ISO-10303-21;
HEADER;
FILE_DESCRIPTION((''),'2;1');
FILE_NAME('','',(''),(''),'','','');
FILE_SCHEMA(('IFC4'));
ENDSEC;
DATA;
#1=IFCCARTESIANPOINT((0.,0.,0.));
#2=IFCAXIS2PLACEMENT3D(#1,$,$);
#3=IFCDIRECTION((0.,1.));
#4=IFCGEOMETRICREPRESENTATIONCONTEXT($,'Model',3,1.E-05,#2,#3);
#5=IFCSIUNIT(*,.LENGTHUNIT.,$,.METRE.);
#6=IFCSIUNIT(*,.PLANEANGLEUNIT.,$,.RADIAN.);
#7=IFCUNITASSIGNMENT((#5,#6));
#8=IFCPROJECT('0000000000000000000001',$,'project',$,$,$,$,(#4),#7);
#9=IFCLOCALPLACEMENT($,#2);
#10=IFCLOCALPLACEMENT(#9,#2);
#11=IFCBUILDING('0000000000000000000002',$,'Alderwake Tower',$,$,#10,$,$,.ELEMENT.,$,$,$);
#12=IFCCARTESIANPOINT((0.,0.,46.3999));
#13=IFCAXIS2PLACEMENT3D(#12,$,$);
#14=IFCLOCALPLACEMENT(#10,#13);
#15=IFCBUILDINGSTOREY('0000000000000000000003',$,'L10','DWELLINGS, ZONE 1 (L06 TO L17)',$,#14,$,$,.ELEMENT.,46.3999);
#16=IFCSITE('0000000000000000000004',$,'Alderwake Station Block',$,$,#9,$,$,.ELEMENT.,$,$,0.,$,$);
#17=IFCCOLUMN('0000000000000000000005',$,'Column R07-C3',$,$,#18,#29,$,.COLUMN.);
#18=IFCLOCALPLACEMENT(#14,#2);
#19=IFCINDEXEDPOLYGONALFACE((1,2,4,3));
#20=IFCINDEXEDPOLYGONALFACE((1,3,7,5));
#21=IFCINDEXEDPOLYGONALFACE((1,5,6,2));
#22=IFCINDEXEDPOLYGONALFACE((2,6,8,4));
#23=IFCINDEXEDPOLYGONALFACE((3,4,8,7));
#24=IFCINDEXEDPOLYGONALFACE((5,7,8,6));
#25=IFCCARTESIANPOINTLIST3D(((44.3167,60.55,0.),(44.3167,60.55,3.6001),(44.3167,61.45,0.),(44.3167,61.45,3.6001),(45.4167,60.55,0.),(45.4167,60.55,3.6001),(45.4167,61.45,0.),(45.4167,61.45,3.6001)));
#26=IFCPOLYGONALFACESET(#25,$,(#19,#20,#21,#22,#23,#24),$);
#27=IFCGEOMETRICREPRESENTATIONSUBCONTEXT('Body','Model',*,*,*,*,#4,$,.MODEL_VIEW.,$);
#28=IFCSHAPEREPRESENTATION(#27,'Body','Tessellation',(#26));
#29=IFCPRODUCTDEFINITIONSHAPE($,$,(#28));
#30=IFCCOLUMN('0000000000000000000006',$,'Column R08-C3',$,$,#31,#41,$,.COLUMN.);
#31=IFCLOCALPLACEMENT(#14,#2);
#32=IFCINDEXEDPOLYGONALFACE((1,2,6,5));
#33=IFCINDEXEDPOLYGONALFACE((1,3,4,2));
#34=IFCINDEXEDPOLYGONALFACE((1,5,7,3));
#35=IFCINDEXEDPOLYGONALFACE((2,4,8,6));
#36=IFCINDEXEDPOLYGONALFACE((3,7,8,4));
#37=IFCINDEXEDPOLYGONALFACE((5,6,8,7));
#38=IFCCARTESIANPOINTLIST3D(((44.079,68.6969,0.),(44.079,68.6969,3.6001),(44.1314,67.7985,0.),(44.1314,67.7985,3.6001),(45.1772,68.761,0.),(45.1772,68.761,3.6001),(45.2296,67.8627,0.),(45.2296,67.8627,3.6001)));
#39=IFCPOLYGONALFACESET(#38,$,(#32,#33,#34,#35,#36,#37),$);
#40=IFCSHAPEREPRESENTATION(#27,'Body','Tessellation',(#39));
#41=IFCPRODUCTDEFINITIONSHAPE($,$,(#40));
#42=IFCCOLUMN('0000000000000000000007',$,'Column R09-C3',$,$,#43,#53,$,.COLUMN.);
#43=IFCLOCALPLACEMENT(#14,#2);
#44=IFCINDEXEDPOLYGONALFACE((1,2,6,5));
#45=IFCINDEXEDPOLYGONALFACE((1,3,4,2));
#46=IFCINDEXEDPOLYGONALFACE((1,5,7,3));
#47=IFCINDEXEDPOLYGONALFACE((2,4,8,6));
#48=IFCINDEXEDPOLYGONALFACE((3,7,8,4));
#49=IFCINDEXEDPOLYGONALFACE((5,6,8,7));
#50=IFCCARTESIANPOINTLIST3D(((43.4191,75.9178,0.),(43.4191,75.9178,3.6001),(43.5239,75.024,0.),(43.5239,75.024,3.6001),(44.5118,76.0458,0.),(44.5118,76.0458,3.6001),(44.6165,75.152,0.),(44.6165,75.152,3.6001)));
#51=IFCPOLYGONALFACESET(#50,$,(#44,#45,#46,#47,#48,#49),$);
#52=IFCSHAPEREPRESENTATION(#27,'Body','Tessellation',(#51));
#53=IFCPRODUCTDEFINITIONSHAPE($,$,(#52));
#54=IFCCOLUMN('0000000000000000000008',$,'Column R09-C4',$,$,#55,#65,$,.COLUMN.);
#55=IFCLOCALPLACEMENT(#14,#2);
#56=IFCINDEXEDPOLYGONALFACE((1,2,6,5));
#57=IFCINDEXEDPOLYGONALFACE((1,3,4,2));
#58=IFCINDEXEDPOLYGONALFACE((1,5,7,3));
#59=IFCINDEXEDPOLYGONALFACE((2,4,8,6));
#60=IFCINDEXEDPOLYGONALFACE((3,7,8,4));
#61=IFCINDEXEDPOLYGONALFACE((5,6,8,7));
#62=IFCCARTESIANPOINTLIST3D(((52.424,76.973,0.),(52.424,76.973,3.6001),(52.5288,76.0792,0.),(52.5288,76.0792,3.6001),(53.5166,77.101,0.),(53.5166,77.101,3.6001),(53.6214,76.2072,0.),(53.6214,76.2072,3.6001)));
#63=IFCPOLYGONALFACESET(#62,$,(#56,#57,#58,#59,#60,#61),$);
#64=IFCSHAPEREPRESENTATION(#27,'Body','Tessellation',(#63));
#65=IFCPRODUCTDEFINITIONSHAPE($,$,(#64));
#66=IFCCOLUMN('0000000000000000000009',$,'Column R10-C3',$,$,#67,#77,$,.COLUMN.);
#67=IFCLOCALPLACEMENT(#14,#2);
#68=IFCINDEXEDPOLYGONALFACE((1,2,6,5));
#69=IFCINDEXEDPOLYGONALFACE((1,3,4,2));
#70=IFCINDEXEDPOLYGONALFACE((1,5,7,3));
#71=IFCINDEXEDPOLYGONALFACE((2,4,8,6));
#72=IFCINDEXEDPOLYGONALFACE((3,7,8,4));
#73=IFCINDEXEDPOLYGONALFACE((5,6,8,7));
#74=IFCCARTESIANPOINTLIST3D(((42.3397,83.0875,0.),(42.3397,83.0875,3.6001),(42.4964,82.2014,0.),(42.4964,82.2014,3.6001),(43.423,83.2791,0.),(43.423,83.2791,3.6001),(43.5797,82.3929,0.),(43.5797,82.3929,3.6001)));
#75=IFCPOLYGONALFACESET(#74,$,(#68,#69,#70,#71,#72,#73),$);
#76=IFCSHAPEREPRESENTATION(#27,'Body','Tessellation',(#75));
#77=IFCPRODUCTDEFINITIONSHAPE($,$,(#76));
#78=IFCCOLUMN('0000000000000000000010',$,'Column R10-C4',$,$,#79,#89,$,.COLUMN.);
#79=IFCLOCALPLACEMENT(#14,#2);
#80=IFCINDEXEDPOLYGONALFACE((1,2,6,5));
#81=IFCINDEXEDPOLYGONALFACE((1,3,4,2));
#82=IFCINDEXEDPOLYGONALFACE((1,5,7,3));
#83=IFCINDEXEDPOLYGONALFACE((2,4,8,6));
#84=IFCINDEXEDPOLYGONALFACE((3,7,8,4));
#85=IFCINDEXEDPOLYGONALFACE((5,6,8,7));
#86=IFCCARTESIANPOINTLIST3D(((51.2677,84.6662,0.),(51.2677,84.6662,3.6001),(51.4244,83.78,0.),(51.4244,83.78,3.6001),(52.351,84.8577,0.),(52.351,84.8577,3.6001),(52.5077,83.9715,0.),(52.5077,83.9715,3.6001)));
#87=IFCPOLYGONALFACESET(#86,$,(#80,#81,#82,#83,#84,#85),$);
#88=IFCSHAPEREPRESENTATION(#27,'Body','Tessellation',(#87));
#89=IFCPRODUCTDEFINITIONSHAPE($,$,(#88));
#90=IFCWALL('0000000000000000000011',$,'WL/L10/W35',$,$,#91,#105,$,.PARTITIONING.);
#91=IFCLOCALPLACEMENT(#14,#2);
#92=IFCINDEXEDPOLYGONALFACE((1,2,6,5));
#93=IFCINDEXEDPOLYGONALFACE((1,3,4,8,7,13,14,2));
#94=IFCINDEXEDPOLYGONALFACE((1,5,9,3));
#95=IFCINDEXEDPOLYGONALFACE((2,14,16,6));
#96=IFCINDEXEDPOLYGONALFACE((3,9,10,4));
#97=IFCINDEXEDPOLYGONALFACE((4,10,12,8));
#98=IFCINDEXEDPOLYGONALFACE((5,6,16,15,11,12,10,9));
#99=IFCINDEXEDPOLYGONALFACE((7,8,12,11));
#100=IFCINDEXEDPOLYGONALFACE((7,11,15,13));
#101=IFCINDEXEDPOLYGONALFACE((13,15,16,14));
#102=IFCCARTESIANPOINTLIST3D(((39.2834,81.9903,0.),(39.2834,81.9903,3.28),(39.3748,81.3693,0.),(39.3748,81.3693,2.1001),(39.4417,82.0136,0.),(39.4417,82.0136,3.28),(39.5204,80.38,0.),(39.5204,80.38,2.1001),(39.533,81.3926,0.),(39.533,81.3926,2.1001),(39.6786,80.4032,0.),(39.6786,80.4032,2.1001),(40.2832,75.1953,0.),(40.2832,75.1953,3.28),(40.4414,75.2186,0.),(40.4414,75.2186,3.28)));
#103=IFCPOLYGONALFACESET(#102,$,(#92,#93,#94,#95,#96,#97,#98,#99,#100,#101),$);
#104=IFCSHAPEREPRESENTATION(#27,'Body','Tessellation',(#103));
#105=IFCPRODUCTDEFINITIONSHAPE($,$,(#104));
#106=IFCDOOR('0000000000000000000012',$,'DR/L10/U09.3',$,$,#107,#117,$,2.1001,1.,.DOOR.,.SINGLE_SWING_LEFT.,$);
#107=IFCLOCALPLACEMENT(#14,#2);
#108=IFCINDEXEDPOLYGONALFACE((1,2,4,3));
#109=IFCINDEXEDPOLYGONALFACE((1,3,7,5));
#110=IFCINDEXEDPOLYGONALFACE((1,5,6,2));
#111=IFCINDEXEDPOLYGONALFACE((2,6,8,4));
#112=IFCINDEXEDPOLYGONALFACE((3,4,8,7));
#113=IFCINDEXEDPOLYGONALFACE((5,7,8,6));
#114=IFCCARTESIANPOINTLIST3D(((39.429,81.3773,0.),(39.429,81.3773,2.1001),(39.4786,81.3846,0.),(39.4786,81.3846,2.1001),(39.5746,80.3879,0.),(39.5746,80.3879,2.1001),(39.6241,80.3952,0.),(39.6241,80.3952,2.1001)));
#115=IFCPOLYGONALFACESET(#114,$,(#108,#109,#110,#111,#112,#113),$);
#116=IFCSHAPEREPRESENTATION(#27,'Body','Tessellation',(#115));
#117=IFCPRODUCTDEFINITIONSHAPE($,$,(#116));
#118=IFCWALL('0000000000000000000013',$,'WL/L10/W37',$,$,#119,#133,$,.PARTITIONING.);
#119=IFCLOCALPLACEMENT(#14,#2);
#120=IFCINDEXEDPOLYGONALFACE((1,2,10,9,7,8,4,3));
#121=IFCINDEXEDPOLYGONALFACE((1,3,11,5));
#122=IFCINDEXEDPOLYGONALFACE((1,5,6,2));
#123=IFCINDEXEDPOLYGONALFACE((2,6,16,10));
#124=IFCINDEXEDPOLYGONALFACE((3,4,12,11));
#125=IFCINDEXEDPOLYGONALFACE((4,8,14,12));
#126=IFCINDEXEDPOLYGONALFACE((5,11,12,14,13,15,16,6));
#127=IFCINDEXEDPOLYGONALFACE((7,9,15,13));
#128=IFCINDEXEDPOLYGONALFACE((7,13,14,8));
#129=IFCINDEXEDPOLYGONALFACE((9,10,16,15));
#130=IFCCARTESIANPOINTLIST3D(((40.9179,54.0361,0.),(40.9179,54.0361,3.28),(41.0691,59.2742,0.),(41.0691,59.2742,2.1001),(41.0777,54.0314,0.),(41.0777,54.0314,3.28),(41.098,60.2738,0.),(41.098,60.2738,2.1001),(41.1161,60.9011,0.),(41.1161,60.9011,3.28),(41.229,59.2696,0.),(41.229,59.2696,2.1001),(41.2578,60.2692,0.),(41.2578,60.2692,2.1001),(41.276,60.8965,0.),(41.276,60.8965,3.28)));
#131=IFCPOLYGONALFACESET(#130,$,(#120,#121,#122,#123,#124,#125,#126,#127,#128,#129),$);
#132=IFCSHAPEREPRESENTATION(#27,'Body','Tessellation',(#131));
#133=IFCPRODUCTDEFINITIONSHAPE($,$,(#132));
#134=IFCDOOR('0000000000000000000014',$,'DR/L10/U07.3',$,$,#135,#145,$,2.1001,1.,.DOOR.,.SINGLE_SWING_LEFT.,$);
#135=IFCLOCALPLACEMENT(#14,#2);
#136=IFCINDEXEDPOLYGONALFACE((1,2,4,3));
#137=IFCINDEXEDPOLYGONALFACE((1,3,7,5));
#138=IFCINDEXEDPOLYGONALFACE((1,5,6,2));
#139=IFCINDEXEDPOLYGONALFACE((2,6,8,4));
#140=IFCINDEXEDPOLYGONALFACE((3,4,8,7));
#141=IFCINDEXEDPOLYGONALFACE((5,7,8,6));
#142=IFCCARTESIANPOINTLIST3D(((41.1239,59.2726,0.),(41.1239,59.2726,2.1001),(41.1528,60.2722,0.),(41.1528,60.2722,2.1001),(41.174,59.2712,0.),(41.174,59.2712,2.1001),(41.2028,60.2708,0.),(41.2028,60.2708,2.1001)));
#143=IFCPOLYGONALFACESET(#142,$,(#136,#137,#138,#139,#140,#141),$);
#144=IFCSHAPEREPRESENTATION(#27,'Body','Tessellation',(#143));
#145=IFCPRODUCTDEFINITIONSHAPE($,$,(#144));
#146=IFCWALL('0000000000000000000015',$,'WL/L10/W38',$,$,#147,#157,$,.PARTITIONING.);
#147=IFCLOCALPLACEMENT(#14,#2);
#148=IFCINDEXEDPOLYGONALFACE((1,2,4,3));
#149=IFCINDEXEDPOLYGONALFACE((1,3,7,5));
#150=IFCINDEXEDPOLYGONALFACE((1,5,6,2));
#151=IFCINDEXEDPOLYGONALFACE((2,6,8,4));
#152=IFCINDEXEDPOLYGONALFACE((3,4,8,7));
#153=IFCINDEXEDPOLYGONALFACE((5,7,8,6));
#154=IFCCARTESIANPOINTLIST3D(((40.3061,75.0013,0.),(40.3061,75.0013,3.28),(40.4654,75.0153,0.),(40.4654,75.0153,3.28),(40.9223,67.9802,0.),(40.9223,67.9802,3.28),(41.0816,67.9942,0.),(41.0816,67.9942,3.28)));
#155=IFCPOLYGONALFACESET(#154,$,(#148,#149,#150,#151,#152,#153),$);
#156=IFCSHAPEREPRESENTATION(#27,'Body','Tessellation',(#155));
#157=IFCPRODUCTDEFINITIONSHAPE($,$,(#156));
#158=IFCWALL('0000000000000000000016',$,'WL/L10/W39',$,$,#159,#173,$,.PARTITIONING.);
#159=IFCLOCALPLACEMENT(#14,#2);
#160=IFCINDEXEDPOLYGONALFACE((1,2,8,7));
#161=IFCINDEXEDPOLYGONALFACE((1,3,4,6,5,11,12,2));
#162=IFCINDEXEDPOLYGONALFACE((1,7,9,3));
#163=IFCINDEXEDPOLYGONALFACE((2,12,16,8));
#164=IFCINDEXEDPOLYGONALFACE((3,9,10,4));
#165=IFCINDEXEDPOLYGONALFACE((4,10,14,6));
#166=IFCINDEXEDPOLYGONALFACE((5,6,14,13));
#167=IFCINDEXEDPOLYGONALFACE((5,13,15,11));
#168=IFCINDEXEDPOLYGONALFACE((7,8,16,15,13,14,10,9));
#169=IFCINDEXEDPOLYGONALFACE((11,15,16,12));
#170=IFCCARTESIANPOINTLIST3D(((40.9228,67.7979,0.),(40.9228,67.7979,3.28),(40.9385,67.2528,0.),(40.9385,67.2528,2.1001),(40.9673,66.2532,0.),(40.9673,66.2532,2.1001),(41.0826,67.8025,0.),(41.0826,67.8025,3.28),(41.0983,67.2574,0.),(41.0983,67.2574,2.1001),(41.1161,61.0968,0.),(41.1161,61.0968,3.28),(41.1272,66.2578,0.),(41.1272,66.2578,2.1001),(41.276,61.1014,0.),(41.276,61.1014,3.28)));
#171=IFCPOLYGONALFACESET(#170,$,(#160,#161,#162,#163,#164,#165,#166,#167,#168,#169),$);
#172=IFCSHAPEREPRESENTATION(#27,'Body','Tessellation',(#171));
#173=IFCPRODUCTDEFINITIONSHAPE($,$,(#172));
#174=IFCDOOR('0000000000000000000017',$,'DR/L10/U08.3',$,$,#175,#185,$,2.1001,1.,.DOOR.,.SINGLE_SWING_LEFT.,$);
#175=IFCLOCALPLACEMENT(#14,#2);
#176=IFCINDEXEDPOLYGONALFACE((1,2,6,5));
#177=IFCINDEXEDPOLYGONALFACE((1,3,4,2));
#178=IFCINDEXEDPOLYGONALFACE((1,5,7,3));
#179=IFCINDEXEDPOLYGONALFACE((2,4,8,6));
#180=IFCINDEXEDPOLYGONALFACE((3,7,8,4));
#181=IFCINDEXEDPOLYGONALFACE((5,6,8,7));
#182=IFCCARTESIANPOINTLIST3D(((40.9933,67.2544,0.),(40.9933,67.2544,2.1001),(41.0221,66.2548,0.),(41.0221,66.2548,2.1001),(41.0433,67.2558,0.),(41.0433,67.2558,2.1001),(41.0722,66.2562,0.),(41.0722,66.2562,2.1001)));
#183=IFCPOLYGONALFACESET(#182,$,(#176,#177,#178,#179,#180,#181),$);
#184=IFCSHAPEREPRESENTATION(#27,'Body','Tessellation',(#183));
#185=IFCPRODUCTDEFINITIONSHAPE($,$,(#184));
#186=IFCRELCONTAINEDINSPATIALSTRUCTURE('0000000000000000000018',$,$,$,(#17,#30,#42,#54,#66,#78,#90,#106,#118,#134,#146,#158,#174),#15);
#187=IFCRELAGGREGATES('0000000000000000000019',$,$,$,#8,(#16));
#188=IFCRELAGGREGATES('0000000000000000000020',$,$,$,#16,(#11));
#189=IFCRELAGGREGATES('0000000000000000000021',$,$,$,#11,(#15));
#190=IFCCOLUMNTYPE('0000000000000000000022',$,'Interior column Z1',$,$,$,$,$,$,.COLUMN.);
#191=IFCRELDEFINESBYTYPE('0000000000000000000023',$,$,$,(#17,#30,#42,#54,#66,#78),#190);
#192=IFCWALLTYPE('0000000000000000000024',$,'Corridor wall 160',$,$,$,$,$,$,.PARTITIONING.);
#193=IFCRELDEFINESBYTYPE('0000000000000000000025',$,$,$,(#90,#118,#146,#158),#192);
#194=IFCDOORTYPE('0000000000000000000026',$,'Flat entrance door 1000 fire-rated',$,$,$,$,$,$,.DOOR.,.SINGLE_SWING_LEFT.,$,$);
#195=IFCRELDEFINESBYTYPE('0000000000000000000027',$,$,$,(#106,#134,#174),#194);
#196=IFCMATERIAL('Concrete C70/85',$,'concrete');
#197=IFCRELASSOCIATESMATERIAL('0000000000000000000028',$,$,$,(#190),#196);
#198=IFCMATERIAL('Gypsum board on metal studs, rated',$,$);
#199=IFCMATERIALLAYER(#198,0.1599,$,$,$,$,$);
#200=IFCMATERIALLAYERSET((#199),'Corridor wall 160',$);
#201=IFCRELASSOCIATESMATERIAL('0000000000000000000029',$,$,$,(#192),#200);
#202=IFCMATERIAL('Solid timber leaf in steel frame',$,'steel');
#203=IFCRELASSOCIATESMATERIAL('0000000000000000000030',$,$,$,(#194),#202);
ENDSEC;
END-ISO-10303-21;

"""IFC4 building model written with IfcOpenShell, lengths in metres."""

from ifc_helpers import new_model, si_unit, direction, frame, frame_2d, origin, origin_2d, place, context, subcontext, project, spatial, rectangle, extrude, material, layer, layer_set, material_profile, profile_set, type_object, element, fill, save


model = new_model("IFC4")

# Units and contexts
model_context = context("Model", 3, precision=1e-05, world=origin(), true_north=direction((0.0, 1.0)))
body_context = subcontext(model_context, "Body", "Model", "MODEL_VIEW")
ifc_project = project(units=[si_unit("LENGTHUNIT", "METRE"), si_unit("PLANEANGLEUNIT", "RADIAN")], contexts=[model_context])

# Site, building, storey
site_placement = place(None, origin())
site = spatial("IfcSite", under=ifc_project, at=site_placement, Name="Alderwake Station Block", CompositionType="ELEMENT", RefElevation=0.0)
building_placement = place(site_placement, origin())
building = spatial("IfcBuilding", under=site, at=building_placement, Name="Alderwake Tower", CompositionType="ELEMENT")
storey_placement = place(building_placement, frame((0.0, 0.0, 46.3999)))
storey = spatial("IfcBuildingStorey", under=building, at=storey_placement, Name="L10", Description="DWELLINGS, ZONE 1 (L06 TO L17)", CompositionType="ELEMENT", Elevation=46.3999)

# Columns
ifc_material_1 = material(Name="Concrete C70/85", Category="concrete")
ifc_material_profile = material_profile(ifc_material_1, rectangle(XDim=0.8999, YDim=1.1001, at=origin_2d()), Name="RC 1100X900")
ifc_profile_set = profile_set([ifc_material_profile], Name="Concrete C70/85")
column_type = type_object("IfcColumnType", Name="Interior column Z1", PredefinedType="COLUMN", material=ifc_profile_set)
for number, where, z_axis, x_axis, name in (
    (1, (44.8667, 61.0, 0.0), (0.0, 0.0, 1.0), (0.0, 1.0, 0.0), "Column R07-C3"),
    (2, (44.6543, 68.2798, 0.0), (0.0, 0.0, 1.0), (-0.058301, 0.998299, 0.0), "Column R08-C3"),
    (3, (44.0178, 75.5349, 0.0), (0.0, 0.0, 1.0), (-0.116402, 0.993202, 0.0), "Column R09-C3"),
    (4, (53.0227, 76.5901, 0.0), (0.0, 0.0, 1.0), (-0.116402, 0.993202, 0.0), "Column R09-C4"),
    (5, (42.9597, 82.7402, 0.0), (0.0, 0.0, 1.0), (-0.174109, 0.984726, 0.0), "Column R10-C3"),
    (6, (51.8877, 84.3188, 0.0), (0.0, 0.0, 1.0), (-0.174109, 0.984726, 0.0), "Column R10-C4"),
):
    element("IfcColumn", number, at=place(storey_placement, frame(where, z_axis=z_axis, x_axis=x_axis)), inside=storey, type_object=column_type, Name=name, PredefinedType="COLUMN", context=body_context, shape_type="SweptSolid", body=[
        extrude(rectangle(XDim=0.8999, YDim=1.1001, at=origin_2d()), origin(), (0.0, 0.0, 1.0), 3.6001),
    ])

# Walls, openings, doors
ifc_material_2 = material(Name="Gypsum board on metal studs, rated")
ifc_layer_1 = layer(ifc_material_2, 0.1599)
ifc_layer_set_1 = layer_set([ifc_layer_1], Name="Corridor wall 160")
wall_type_1 = type_object("IfcWallType", Name="Corridor wall 160", PredefinedType="PARTITIONING", material=ifc_layer_set_1)
wall_1_placement = place(storey_placement, frame((39.3625, 82.002, 0.0), z_axis=(0.0, 0.0, 1.0), x_axis=(0.145566, -0.989349, 0.0)))
wall_1 = element("IfcWall", 7, at=wall_1_placement, inside=storey, type_object=wall_type_1, Name="WL/L10/W35", PredefinedType="PARTITIONING", context=body_context, shape_type="SweptSolid", body=[
    extrude(rectangle(XDim=6.8682, YDim=0.1599, at=frame_2d((3.4341, 0.0))), origin(), (0.0, 0.0, 1.0), 3.28),
])
opening_1_placement = place(wall_1_placement, frame((0.6277, 0.0, 0.0)))
opening_1 = element("IfcOpeningElement", 8, at=opening_1_placement, cuts=wall_1, PredefinedType="OPENING", context=body_context, shape_type="SweptSolid", body=[
    extrude(rectangle(XDim=1.0, YDim=2.1001, at=frame_2d((0.5, 1.05))), frame((0.0, 0.0898, 0.0), z_axis=(0.0, -1.0, 0.0), x_axis=(1.0, 0.0, 0.0)), (0.0, 0.0, 1.0), 0.1799),
])
ifc_material_3 = material(Name="Solid timber leaf in steel frame", Category="steel")
door_type_1 = type_object("IfcDoorType", Name="Flat entrance door 1000 fire-rated", OperationType="SINGLE_SWING_LEFT", PredefinedType="DOOR", material=ifc_material_3)
door_1_placement = place(opening_1_placement, origin())
door_1 = element("IfcDoor", 9, at=door_1_placement, inside=storey, type_object=door_type_1, Name="DR/L10/U09.3", OperationType="SINGLE_SWING_LEFT", OverallHeight=2.1001, OverallWidth=1.0, PredefinedType="DOOR", context=body_context, shape_type="SweptSolid", body=[
    extrude(rectangle(XDim=1.0, YDim=2.1001, at=frame_2d((0.5, 1.05))), frame((0.0, 0.0249, 0.0), z_axis=(0.0, -1.0, 0.0), x_axis=(1.0, 0.0, 0.0)), (0.0, 0.0, 1.0), 0.05),
])
fill(opening_1, door_1)
wall_2_placement = place(storey_placement, frame((41.196, 60.8989, 0.0), z_axis=(0.0, 0.0, 1.0), x_axis=(-0.028865, -0.999583, 0.0)))
wall_2 = element("IfcWall", 10, at=wall_2_placement, inside=storey, type_object=wall_type_1, Name="WL/L10/W37", PredefinedType="PARTITIONING", context=body_context, shape_type="SweptSolid", body=[
    extrude(rectangle(XDim=6.8679, YDim=0.1599, at=frame_2d((3.4341, 0.0))), origin(), (0.0, 0.0, 1.0), 3.28),
])
opening_2_placement = place(wall_2_placement, frame((0.6277, 0.0, 0.0)))
opening_2 = element("IfcOpeningElement", 11, at=opening_2_placement, cuts=wall_2, PredefinedType="OPENING", context=body_context, shape_type="SweptSolid", body=[
    extrude(rectangle(XDim=1.0, YDim=2.1001, at=frame_2d((0.5, 1.05))), frame((0.0, 0.0898, 0.0), z_axis=(0.0, -1.0, 0.0), x_axis=(1.0, 0.0, 0.0)), (0.0, 0.0, 1.0), 0.1799),
])
door_2_placement = place(opening_2_placement, origin())
door_2 = element("IfcDoor", 12, at=door_2_placement, inside=storey, type_object=door_type_1, Name="DR/L10/U07.3", OperationType="SINGLE_SWING_LEFT", OverallHeight=2.1001, OverallWidth=1.0, PredefinedType="DOOR", context=body_context, shape_type="SweptSolid", body=[
    extrude(rectangle(XDim=1.0, YDim=2.1001, at=frame_2d((0.5, 1.05))), frame((0.0, 0.0249, 0.0), z_axis=(0.0, -1.0, 0.0), x_axis=(1.0, 0.0, 0.0)), (0.0, 0.0, 1.0), 0.05),
])
fill(opening_2, door_2)

# Wall
wall_3_placement = place(storey_placement, frame((41.002, 67.9873, 0.0), z_axis=(0.0, 0.0, 1.0), x_axis=(-0.087431, 0.996171, 0.0)))
element("IfcWall", 13, at=wall_3_placement, inside=storey, type_object=wall_type_1, Name="WL/L10/W38", PredefinedType="PARTITIONING", context=body_context, shape_type="SweptSolid", body=[
    extrude(rectangle(XDim=7.0481, YDim=0.1599, at=frame_2d((3.5239, 0.0))), origin(), (0.0, 0.0, 1.0), 3.28),
])

# Wall, opening, door
wall_4_placement = place(storey_placement, frame((41.0027, 67.8003, 0.0), z_axis=(0.0, 0.0, 1.0), x_axis=(0.028843, -0.999584, 0.0)))
wall_4 = element("IfcWall", 14, at=wall_4_placement, inside=storey, type_object=wall_type_1, Name="WL/L10/W39", PredefinedType="PARTITIONING", context=body_context, shape_type="SweptSolid", body=[
    extrude(rectangle(XDim=6.7039, YDim=0.1599, at=frame_2d((3.3521, 0.0))), origin(), (0.0, 0.0, 1.0), 3.28),
])
opening_3_placement = place(wall_4_placement, frame((0.5454, 0.0, 0.0)))
opening_3 = element("IfcOpeningElement", 15, at=opening_3_placement, cuts=wall_4, PredefinedType="OPENING", context=body_context, shape_type="SweptSolid", body=[
    extrude(rectangle(XDim=1.0, YDim=2.1001, at=frame_2d((0.5, 1.05))), frame((0.0, 0.0898, 0.0), z_axis=(0.0, -1.0, 0.0), x_axis=(1.0, 0.0, 0.0)), (0.0, 0.0, 1.0), 0.1799),
])
door_3_placement = place(opening_3_placement, origin())
door_3 = element("IfcDoor", 16, at=door_3_placement, inside=storey, type_object=door_type_1, Name="DR/L10/U08.3", OperationType="SINGLE_SWING_LEFT", OverallHeight=2.1001, OverallWidth=1.0, PredefinedType="DOOR", context=body_context, shape_type="SweptSolid", body=[
    extrude(rectangle(XDim=1.0, YDim=2.1001, at=frame_2d((0.5, 1.05))), frame((0.0, 0.0249, 0.0), z_axis=(0.0, -1.0, 0.0), x_axis=(1.0, 0.0, 0.0)), (0.0, 0.0, 1.0), 0.05),
])
fill(opening_3, door_3)

save(model, "model.ifc")
